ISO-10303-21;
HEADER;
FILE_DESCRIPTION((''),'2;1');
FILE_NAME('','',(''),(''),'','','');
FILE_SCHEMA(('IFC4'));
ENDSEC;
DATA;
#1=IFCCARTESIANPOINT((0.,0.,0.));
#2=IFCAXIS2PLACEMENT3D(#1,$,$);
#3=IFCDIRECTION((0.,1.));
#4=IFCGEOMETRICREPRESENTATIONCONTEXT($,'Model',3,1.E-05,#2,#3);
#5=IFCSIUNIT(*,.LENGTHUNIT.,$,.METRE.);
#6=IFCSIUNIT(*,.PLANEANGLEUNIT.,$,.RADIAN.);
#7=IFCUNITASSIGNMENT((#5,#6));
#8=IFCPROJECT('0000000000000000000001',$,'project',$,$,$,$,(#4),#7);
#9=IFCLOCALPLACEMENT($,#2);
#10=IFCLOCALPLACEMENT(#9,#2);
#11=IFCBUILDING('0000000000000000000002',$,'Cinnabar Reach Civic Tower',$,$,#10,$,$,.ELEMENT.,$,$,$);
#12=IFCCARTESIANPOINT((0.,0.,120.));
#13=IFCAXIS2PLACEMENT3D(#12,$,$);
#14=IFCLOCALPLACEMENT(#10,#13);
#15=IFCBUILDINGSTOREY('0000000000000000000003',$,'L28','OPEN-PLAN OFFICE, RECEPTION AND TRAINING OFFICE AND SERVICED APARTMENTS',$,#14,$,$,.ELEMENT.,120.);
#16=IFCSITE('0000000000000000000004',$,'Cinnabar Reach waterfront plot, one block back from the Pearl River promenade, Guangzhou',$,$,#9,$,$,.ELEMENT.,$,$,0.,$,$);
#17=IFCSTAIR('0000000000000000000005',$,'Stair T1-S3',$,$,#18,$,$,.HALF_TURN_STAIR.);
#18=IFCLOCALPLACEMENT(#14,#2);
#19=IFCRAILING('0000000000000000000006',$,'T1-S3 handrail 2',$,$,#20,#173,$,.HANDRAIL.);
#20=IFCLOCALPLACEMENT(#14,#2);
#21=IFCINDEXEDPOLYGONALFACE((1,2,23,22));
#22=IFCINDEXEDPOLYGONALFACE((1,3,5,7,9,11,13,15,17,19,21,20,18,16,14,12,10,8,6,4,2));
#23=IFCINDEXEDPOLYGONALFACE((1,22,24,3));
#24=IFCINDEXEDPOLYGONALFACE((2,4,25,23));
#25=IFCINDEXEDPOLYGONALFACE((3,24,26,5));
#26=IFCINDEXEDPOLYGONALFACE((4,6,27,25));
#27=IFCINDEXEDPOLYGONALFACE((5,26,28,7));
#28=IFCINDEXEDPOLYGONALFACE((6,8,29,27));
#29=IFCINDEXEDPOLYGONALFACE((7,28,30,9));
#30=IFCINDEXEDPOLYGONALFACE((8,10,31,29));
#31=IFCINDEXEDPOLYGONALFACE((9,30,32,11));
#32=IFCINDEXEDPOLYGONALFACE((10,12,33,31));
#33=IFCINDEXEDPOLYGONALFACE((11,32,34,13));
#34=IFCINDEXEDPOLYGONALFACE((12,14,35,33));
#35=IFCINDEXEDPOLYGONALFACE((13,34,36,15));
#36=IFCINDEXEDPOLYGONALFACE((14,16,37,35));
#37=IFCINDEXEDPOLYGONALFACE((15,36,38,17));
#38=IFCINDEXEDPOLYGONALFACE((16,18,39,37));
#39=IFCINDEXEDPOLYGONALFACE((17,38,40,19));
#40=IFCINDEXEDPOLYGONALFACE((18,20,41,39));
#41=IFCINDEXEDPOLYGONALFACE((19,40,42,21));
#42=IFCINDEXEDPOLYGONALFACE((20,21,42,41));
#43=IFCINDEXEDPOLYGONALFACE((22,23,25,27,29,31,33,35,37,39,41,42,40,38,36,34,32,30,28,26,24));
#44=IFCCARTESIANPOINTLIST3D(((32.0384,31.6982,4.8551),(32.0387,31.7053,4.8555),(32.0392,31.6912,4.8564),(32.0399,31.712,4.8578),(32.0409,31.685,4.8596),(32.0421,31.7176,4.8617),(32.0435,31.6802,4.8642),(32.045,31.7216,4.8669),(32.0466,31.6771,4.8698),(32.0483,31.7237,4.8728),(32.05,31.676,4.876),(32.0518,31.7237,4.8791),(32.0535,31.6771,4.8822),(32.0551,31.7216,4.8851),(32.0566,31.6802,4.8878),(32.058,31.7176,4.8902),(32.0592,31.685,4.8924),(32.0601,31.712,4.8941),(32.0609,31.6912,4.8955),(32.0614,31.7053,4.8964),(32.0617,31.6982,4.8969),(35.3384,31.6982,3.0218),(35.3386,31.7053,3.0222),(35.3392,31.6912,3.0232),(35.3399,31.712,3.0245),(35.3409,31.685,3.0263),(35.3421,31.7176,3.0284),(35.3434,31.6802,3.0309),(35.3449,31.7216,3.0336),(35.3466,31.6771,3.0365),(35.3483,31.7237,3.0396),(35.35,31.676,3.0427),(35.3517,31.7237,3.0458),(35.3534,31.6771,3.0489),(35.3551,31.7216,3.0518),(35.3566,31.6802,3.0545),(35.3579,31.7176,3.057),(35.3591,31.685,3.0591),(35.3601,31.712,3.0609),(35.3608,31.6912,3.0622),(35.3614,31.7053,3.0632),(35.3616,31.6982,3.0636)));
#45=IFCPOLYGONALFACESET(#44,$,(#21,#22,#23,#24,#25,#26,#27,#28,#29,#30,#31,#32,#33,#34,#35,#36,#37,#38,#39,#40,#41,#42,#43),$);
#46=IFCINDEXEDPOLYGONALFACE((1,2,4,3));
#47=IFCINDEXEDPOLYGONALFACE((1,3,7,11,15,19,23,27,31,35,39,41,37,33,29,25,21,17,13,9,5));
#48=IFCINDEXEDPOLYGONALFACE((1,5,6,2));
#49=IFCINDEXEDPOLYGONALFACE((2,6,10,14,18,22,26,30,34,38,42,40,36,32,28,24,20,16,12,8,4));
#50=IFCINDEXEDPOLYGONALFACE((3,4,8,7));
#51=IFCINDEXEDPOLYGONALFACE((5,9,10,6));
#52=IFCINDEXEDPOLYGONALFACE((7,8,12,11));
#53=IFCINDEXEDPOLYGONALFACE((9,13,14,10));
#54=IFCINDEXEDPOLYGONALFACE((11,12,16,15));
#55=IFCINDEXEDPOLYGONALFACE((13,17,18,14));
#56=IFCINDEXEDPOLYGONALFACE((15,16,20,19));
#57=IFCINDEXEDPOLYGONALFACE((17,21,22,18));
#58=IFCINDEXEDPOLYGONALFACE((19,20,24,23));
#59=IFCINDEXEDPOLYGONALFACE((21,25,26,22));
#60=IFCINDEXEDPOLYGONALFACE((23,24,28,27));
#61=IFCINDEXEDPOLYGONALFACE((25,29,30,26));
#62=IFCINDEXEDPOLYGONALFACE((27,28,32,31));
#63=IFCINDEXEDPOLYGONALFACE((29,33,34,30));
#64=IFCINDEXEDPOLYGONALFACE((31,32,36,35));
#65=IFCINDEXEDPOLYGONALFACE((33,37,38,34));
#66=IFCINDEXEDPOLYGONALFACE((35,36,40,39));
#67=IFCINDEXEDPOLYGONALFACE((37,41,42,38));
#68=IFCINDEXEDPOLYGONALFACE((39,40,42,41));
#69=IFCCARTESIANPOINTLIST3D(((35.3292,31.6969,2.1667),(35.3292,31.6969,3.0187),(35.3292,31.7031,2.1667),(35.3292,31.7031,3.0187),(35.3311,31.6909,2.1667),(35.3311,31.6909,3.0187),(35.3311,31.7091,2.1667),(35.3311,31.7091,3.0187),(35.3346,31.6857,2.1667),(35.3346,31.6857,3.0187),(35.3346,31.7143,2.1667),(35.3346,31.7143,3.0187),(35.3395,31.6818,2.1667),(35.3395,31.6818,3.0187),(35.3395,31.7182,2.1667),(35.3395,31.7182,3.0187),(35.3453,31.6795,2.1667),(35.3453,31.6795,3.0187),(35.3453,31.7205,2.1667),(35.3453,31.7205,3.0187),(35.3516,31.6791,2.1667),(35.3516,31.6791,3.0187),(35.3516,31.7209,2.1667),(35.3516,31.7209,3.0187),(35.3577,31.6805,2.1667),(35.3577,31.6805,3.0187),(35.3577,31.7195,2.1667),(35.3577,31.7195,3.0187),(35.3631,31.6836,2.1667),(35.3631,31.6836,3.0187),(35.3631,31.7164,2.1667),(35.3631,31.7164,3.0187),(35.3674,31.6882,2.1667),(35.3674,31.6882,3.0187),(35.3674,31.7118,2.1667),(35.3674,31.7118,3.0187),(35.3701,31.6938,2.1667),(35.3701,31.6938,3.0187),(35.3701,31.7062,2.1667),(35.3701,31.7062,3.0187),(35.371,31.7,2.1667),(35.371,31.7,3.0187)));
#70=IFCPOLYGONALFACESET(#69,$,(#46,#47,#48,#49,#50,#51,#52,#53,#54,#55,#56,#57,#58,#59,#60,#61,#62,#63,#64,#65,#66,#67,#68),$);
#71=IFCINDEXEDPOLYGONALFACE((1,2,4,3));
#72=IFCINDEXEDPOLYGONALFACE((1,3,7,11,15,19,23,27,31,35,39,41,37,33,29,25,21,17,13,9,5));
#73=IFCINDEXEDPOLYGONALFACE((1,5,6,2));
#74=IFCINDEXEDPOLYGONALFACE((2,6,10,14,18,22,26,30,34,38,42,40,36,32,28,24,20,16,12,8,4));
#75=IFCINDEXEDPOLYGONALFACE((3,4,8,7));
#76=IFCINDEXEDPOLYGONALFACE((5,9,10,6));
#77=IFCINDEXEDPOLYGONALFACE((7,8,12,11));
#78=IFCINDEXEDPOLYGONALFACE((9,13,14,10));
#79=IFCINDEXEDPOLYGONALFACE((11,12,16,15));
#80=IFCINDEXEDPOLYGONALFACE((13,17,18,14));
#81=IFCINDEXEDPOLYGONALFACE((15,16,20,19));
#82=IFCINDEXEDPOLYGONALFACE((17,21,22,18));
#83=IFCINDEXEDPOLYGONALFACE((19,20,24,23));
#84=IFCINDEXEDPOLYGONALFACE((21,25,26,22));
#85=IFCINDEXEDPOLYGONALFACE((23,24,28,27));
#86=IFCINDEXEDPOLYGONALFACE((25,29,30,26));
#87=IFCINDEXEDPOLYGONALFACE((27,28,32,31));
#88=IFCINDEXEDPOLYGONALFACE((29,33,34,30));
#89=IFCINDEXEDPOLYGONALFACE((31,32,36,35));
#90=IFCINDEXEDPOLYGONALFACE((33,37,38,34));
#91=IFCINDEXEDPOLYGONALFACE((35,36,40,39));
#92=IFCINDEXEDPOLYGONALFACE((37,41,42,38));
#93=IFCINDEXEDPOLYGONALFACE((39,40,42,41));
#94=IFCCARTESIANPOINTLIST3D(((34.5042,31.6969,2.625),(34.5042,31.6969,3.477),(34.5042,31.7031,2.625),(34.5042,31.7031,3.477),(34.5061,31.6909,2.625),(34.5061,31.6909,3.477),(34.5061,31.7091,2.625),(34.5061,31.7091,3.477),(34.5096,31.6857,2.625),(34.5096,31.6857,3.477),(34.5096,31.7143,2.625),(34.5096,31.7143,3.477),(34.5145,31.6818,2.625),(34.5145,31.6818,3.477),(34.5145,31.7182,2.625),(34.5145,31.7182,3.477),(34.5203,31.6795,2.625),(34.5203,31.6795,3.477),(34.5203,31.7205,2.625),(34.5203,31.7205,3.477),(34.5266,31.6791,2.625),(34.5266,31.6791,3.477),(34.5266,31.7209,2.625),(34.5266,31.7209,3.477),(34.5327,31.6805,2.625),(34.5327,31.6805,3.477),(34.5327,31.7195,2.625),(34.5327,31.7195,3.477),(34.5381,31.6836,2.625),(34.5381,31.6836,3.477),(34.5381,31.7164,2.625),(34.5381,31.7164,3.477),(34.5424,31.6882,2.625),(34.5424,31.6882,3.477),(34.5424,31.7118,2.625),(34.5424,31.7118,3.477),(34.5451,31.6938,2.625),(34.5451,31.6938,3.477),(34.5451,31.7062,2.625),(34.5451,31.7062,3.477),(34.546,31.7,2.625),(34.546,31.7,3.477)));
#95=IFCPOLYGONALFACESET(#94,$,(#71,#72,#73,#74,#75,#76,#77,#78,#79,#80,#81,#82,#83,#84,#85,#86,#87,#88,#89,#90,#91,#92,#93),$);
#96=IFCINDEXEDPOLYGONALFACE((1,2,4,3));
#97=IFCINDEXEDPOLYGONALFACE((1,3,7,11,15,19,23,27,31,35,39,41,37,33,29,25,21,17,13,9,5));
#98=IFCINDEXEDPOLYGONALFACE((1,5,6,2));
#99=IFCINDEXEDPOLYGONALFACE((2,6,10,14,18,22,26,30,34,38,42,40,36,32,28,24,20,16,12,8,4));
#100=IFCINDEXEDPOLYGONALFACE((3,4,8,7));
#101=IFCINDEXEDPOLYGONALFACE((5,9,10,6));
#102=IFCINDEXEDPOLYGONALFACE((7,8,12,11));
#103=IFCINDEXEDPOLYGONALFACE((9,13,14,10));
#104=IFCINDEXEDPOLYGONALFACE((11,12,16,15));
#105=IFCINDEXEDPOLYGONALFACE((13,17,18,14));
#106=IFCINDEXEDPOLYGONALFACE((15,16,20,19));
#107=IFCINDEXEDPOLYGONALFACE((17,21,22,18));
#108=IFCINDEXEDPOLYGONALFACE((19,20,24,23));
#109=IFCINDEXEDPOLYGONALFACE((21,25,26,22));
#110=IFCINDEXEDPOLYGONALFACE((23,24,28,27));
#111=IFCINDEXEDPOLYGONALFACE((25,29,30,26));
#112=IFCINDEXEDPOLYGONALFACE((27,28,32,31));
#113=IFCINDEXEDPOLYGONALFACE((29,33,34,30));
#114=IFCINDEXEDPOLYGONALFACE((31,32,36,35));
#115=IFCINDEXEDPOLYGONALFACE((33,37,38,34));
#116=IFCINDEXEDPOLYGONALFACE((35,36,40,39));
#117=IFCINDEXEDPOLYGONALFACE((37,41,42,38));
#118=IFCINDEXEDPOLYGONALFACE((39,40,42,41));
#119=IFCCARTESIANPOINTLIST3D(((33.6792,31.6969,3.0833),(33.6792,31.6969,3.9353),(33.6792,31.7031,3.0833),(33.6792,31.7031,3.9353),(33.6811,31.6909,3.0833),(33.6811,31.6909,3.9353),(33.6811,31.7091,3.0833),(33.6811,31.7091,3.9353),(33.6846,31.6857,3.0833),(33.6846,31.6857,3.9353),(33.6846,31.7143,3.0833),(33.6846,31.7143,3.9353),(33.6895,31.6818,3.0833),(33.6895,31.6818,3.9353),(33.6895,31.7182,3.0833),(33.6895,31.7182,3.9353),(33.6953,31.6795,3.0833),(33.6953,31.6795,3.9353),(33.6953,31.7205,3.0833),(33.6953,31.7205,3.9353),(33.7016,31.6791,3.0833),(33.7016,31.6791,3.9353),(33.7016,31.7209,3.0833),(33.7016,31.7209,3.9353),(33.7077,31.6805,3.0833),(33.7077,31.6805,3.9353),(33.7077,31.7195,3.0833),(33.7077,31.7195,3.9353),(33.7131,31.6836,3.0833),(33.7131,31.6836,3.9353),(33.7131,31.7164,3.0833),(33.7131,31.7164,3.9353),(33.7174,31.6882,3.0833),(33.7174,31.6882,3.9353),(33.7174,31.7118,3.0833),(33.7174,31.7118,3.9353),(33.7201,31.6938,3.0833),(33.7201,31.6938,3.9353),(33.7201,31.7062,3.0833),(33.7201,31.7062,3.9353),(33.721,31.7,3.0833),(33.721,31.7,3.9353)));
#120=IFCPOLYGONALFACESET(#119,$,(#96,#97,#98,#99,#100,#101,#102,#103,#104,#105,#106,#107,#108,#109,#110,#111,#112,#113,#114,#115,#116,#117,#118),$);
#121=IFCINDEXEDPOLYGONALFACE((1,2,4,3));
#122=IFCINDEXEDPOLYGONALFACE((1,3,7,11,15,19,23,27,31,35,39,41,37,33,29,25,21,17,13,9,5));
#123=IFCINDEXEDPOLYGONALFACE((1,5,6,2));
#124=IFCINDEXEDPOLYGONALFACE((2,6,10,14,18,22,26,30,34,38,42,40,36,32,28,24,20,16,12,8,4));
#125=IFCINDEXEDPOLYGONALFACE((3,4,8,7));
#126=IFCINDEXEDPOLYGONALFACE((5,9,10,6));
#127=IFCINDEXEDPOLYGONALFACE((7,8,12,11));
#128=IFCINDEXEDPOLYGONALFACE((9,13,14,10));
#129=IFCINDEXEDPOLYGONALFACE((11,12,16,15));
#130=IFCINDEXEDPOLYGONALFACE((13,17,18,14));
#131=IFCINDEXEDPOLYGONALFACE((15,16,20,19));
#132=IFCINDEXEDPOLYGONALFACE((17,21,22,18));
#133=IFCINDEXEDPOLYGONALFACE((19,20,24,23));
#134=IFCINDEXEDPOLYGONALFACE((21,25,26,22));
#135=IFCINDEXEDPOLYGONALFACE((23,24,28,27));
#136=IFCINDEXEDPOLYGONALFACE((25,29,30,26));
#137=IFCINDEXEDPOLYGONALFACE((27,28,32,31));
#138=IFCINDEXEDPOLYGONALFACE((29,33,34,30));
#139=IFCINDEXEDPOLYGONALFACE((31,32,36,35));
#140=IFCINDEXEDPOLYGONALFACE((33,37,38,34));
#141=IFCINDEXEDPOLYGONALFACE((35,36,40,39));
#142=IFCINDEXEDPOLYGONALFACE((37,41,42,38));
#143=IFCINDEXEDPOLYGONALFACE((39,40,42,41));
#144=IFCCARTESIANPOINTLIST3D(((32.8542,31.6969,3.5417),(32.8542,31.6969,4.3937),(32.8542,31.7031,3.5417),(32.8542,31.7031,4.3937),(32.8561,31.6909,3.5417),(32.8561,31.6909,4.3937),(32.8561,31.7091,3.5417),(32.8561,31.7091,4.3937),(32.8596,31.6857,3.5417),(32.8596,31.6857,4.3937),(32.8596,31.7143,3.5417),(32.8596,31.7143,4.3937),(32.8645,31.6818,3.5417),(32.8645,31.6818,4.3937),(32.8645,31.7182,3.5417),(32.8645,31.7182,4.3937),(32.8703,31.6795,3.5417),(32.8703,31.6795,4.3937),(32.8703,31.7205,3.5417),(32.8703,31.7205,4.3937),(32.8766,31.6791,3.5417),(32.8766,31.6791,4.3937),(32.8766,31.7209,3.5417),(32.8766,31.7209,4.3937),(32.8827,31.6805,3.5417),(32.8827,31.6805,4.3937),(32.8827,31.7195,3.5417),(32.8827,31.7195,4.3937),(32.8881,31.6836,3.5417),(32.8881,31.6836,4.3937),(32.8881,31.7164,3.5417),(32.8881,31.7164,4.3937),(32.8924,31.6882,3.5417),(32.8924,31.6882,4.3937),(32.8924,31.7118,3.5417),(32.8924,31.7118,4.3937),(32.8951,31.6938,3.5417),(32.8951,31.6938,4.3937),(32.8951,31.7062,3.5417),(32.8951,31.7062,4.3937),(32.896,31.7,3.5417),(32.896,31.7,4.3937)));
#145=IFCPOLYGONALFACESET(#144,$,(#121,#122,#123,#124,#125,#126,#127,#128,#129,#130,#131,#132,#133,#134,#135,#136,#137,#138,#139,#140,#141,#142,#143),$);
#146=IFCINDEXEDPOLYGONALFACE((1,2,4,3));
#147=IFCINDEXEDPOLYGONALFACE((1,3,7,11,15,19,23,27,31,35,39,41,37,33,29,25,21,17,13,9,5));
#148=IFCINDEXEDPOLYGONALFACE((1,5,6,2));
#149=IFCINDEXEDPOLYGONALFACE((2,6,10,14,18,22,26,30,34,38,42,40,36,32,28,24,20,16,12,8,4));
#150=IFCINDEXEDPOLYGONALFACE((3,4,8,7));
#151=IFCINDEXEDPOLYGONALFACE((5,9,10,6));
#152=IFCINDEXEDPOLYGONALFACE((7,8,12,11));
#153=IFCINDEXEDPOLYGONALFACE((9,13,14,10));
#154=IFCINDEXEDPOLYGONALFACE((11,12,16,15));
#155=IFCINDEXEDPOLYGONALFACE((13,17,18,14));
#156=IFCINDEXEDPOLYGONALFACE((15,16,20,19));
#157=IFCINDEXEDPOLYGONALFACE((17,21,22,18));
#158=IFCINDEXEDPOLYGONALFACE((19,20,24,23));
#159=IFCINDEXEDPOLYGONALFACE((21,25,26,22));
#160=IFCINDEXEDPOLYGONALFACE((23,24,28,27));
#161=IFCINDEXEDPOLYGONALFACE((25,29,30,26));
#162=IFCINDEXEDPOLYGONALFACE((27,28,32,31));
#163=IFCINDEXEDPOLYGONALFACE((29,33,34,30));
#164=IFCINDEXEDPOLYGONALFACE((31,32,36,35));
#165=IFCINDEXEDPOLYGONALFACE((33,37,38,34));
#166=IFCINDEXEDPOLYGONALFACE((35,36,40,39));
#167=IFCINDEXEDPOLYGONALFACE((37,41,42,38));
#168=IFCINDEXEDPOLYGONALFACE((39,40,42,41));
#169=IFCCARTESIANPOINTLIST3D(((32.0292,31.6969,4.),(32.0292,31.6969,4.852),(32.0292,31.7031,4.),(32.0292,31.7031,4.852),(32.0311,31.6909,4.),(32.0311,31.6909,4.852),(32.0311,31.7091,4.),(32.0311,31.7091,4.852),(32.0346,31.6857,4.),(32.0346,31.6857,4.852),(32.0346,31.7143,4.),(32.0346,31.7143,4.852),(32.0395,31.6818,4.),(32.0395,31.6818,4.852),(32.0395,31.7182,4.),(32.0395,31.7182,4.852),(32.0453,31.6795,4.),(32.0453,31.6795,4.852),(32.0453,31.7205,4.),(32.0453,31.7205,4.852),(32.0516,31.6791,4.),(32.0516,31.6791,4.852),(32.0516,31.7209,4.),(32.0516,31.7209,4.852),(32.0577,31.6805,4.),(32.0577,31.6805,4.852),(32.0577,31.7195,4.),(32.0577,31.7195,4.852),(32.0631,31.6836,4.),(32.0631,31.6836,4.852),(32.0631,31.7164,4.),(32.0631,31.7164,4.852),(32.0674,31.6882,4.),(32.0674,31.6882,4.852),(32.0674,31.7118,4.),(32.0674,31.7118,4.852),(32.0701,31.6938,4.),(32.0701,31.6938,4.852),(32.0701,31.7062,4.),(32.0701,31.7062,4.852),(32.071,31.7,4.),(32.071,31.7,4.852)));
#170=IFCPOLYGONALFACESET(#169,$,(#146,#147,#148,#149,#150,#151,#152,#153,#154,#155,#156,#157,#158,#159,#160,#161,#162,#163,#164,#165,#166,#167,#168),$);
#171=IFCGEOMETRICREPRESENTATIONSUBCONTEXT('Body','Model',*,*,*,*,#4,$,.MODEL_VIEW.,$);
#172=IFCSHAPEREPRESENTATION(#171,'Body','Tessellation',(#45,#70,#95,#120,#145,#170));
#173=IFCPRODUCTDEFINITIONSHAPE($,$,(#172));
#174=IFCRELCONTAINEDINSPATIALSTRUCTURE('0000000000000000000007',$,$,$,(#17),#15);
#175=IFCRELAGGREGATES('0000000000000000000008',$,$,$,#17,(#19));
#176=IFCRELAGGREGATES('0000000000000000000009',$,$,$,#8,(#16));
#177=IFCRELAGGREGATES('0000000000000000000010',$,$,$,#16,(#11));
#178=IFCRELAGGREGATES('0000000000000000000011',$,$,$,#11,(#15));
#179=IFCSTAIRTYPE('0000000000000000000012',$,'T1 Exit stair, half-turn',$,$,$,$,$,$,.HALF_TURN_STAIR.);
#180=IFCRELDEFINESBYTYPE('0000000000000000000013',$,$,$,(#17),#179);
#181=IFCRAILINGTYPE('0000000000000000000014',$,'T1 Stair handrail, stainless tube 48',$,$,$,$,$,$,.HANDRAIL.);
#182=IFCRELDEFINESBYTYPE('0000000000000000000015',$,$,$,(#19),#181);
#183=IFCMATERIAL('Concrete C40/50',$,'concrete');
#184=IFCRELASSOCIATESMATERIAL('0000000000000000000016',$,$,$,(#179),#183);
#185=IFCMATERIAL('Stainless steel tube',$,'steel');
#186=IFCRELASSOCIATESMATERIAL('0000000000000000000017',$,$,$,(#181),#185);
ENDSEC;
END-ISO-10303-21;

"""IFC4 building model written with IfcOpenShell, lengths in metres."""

from ifc_helpers import new_model, si_unit, direction, frame, origin, origin_2d, place, context, subcontext, project, spatial, circle, extrude, material, type_object, element, aggregate, save


model = new_model("IFC4")

# Units and contexts
model_context = context("Model", 3, precision=1e-05, world=origin(), true_north=direction((0.0, 1.0)))
body_context = subcontext(model_context, "Body", "Model", "MODEL_VIEW")
ifc_project = project(units=[si_unit("LENGTHUNIT", "METRE"), si_unit("PLANEANGLEUNIT", "RADIAN")], contexts=[model_context])

# Site, building, storey
site_placement = place(None, origin())
site = spatial("IfcSite", under=ifc_project, at=site_placement, Name="Cinnabar Reach waterfront plot, one block back from the Pearl River promenade, Guangzhou", CompositionType="ELEMENT", RefElevation=0.0)
building_placement = place(site_placement, origin())
building = spatial("IfcBuilding", under=site, at=building_placement, Name="Cinnabar Reach Civic Tower", CompositionType="ELEMENT")
storey_placement = place(building_placement, frame((0.0, 0.0, 120.0)))
storey = spatial("IfcBuildingStorey", under=building, at=storey_placement, Name="L28", Description="OPEN-PLAN OFFICE, RECEPTION AND TRAINING OFFICE AND SERVICED APARTMENTS", CompositionType="ELEMENT", Elevation=120.0)

# Stair, railing
ifc_material_1 = material(Name="Concrete C40/50", Category="concrete")
stair_type = type_object("IfcStairType", Name="T1 Exit stair, half-turn", PredefinedType="HALF_TURN_STAIR", material=ifc_material_1)
stair_placement = place(storey_placement, origin())
stair = element("IfcStair", 1, at=stair_placement, inside=storey, type_object=stair_type, Name="Stair T1-S3", PredefinedType="HALF_TURN_STAIR")
ifc_material_2 = material(Name="Stainless steel tube", Category="steel")
railing_type = type_object("IfcRailingType", Name="T1 Stair handrail, stainless tube 48", PredefinedType="HANDRAIL", material=ifc_material_2)
railing_1_placement = place(storey_placement, frame((35.35, 31.7, 2.1667)))
railing_1 = element("IfcRailing", 2, at=railing_1_placement, type_object=railing_type, Name="T1-S3 handrail 2", PredefinedType="HANDRAIL", context=body_context, shape_type="SweptSolid", body=[
    extrude(circle(Radius=0.024, at=origin_2d()), frame((0.0, 0.0, 0.876), z_axis=(-0.874161, 0.0, 0.485636), x_axis=(0.0, -1.0, 0.0)), (0.0, 0.0, 1.0), 3.775),
    extrude(circle(Radius=0.021, at=origin_2d()), origin(), (0.0, 0.0, 1.0), 0.852),
    extrude(circle(Radius=0.021, at=origin_2d()), frame((-0.825, 0.0, 0.4583)), (0.0, 0.0, 1.0), 0.852),
    extrude(circle(Radius=0.021, at=origin_2d()), frame((-1.65, 0.0, 0.9166)), (0.0, 0.0, 1.0), 0.852),
    extrude(circle(Radius=0.021, at=origin_2d()), frame((-2.475, 0.0, 1.375)), (0.0, 0.0, 1.0), 0.852),
    extrude(circle(Radius=0.021, at=origin_2d()), frame((-3.3, 0.0, 1.8333)), (0.0, 0.0, 1.0), 0.852),
])
aggregate(stair, [railing_1])

save(model, "model.ifc")
